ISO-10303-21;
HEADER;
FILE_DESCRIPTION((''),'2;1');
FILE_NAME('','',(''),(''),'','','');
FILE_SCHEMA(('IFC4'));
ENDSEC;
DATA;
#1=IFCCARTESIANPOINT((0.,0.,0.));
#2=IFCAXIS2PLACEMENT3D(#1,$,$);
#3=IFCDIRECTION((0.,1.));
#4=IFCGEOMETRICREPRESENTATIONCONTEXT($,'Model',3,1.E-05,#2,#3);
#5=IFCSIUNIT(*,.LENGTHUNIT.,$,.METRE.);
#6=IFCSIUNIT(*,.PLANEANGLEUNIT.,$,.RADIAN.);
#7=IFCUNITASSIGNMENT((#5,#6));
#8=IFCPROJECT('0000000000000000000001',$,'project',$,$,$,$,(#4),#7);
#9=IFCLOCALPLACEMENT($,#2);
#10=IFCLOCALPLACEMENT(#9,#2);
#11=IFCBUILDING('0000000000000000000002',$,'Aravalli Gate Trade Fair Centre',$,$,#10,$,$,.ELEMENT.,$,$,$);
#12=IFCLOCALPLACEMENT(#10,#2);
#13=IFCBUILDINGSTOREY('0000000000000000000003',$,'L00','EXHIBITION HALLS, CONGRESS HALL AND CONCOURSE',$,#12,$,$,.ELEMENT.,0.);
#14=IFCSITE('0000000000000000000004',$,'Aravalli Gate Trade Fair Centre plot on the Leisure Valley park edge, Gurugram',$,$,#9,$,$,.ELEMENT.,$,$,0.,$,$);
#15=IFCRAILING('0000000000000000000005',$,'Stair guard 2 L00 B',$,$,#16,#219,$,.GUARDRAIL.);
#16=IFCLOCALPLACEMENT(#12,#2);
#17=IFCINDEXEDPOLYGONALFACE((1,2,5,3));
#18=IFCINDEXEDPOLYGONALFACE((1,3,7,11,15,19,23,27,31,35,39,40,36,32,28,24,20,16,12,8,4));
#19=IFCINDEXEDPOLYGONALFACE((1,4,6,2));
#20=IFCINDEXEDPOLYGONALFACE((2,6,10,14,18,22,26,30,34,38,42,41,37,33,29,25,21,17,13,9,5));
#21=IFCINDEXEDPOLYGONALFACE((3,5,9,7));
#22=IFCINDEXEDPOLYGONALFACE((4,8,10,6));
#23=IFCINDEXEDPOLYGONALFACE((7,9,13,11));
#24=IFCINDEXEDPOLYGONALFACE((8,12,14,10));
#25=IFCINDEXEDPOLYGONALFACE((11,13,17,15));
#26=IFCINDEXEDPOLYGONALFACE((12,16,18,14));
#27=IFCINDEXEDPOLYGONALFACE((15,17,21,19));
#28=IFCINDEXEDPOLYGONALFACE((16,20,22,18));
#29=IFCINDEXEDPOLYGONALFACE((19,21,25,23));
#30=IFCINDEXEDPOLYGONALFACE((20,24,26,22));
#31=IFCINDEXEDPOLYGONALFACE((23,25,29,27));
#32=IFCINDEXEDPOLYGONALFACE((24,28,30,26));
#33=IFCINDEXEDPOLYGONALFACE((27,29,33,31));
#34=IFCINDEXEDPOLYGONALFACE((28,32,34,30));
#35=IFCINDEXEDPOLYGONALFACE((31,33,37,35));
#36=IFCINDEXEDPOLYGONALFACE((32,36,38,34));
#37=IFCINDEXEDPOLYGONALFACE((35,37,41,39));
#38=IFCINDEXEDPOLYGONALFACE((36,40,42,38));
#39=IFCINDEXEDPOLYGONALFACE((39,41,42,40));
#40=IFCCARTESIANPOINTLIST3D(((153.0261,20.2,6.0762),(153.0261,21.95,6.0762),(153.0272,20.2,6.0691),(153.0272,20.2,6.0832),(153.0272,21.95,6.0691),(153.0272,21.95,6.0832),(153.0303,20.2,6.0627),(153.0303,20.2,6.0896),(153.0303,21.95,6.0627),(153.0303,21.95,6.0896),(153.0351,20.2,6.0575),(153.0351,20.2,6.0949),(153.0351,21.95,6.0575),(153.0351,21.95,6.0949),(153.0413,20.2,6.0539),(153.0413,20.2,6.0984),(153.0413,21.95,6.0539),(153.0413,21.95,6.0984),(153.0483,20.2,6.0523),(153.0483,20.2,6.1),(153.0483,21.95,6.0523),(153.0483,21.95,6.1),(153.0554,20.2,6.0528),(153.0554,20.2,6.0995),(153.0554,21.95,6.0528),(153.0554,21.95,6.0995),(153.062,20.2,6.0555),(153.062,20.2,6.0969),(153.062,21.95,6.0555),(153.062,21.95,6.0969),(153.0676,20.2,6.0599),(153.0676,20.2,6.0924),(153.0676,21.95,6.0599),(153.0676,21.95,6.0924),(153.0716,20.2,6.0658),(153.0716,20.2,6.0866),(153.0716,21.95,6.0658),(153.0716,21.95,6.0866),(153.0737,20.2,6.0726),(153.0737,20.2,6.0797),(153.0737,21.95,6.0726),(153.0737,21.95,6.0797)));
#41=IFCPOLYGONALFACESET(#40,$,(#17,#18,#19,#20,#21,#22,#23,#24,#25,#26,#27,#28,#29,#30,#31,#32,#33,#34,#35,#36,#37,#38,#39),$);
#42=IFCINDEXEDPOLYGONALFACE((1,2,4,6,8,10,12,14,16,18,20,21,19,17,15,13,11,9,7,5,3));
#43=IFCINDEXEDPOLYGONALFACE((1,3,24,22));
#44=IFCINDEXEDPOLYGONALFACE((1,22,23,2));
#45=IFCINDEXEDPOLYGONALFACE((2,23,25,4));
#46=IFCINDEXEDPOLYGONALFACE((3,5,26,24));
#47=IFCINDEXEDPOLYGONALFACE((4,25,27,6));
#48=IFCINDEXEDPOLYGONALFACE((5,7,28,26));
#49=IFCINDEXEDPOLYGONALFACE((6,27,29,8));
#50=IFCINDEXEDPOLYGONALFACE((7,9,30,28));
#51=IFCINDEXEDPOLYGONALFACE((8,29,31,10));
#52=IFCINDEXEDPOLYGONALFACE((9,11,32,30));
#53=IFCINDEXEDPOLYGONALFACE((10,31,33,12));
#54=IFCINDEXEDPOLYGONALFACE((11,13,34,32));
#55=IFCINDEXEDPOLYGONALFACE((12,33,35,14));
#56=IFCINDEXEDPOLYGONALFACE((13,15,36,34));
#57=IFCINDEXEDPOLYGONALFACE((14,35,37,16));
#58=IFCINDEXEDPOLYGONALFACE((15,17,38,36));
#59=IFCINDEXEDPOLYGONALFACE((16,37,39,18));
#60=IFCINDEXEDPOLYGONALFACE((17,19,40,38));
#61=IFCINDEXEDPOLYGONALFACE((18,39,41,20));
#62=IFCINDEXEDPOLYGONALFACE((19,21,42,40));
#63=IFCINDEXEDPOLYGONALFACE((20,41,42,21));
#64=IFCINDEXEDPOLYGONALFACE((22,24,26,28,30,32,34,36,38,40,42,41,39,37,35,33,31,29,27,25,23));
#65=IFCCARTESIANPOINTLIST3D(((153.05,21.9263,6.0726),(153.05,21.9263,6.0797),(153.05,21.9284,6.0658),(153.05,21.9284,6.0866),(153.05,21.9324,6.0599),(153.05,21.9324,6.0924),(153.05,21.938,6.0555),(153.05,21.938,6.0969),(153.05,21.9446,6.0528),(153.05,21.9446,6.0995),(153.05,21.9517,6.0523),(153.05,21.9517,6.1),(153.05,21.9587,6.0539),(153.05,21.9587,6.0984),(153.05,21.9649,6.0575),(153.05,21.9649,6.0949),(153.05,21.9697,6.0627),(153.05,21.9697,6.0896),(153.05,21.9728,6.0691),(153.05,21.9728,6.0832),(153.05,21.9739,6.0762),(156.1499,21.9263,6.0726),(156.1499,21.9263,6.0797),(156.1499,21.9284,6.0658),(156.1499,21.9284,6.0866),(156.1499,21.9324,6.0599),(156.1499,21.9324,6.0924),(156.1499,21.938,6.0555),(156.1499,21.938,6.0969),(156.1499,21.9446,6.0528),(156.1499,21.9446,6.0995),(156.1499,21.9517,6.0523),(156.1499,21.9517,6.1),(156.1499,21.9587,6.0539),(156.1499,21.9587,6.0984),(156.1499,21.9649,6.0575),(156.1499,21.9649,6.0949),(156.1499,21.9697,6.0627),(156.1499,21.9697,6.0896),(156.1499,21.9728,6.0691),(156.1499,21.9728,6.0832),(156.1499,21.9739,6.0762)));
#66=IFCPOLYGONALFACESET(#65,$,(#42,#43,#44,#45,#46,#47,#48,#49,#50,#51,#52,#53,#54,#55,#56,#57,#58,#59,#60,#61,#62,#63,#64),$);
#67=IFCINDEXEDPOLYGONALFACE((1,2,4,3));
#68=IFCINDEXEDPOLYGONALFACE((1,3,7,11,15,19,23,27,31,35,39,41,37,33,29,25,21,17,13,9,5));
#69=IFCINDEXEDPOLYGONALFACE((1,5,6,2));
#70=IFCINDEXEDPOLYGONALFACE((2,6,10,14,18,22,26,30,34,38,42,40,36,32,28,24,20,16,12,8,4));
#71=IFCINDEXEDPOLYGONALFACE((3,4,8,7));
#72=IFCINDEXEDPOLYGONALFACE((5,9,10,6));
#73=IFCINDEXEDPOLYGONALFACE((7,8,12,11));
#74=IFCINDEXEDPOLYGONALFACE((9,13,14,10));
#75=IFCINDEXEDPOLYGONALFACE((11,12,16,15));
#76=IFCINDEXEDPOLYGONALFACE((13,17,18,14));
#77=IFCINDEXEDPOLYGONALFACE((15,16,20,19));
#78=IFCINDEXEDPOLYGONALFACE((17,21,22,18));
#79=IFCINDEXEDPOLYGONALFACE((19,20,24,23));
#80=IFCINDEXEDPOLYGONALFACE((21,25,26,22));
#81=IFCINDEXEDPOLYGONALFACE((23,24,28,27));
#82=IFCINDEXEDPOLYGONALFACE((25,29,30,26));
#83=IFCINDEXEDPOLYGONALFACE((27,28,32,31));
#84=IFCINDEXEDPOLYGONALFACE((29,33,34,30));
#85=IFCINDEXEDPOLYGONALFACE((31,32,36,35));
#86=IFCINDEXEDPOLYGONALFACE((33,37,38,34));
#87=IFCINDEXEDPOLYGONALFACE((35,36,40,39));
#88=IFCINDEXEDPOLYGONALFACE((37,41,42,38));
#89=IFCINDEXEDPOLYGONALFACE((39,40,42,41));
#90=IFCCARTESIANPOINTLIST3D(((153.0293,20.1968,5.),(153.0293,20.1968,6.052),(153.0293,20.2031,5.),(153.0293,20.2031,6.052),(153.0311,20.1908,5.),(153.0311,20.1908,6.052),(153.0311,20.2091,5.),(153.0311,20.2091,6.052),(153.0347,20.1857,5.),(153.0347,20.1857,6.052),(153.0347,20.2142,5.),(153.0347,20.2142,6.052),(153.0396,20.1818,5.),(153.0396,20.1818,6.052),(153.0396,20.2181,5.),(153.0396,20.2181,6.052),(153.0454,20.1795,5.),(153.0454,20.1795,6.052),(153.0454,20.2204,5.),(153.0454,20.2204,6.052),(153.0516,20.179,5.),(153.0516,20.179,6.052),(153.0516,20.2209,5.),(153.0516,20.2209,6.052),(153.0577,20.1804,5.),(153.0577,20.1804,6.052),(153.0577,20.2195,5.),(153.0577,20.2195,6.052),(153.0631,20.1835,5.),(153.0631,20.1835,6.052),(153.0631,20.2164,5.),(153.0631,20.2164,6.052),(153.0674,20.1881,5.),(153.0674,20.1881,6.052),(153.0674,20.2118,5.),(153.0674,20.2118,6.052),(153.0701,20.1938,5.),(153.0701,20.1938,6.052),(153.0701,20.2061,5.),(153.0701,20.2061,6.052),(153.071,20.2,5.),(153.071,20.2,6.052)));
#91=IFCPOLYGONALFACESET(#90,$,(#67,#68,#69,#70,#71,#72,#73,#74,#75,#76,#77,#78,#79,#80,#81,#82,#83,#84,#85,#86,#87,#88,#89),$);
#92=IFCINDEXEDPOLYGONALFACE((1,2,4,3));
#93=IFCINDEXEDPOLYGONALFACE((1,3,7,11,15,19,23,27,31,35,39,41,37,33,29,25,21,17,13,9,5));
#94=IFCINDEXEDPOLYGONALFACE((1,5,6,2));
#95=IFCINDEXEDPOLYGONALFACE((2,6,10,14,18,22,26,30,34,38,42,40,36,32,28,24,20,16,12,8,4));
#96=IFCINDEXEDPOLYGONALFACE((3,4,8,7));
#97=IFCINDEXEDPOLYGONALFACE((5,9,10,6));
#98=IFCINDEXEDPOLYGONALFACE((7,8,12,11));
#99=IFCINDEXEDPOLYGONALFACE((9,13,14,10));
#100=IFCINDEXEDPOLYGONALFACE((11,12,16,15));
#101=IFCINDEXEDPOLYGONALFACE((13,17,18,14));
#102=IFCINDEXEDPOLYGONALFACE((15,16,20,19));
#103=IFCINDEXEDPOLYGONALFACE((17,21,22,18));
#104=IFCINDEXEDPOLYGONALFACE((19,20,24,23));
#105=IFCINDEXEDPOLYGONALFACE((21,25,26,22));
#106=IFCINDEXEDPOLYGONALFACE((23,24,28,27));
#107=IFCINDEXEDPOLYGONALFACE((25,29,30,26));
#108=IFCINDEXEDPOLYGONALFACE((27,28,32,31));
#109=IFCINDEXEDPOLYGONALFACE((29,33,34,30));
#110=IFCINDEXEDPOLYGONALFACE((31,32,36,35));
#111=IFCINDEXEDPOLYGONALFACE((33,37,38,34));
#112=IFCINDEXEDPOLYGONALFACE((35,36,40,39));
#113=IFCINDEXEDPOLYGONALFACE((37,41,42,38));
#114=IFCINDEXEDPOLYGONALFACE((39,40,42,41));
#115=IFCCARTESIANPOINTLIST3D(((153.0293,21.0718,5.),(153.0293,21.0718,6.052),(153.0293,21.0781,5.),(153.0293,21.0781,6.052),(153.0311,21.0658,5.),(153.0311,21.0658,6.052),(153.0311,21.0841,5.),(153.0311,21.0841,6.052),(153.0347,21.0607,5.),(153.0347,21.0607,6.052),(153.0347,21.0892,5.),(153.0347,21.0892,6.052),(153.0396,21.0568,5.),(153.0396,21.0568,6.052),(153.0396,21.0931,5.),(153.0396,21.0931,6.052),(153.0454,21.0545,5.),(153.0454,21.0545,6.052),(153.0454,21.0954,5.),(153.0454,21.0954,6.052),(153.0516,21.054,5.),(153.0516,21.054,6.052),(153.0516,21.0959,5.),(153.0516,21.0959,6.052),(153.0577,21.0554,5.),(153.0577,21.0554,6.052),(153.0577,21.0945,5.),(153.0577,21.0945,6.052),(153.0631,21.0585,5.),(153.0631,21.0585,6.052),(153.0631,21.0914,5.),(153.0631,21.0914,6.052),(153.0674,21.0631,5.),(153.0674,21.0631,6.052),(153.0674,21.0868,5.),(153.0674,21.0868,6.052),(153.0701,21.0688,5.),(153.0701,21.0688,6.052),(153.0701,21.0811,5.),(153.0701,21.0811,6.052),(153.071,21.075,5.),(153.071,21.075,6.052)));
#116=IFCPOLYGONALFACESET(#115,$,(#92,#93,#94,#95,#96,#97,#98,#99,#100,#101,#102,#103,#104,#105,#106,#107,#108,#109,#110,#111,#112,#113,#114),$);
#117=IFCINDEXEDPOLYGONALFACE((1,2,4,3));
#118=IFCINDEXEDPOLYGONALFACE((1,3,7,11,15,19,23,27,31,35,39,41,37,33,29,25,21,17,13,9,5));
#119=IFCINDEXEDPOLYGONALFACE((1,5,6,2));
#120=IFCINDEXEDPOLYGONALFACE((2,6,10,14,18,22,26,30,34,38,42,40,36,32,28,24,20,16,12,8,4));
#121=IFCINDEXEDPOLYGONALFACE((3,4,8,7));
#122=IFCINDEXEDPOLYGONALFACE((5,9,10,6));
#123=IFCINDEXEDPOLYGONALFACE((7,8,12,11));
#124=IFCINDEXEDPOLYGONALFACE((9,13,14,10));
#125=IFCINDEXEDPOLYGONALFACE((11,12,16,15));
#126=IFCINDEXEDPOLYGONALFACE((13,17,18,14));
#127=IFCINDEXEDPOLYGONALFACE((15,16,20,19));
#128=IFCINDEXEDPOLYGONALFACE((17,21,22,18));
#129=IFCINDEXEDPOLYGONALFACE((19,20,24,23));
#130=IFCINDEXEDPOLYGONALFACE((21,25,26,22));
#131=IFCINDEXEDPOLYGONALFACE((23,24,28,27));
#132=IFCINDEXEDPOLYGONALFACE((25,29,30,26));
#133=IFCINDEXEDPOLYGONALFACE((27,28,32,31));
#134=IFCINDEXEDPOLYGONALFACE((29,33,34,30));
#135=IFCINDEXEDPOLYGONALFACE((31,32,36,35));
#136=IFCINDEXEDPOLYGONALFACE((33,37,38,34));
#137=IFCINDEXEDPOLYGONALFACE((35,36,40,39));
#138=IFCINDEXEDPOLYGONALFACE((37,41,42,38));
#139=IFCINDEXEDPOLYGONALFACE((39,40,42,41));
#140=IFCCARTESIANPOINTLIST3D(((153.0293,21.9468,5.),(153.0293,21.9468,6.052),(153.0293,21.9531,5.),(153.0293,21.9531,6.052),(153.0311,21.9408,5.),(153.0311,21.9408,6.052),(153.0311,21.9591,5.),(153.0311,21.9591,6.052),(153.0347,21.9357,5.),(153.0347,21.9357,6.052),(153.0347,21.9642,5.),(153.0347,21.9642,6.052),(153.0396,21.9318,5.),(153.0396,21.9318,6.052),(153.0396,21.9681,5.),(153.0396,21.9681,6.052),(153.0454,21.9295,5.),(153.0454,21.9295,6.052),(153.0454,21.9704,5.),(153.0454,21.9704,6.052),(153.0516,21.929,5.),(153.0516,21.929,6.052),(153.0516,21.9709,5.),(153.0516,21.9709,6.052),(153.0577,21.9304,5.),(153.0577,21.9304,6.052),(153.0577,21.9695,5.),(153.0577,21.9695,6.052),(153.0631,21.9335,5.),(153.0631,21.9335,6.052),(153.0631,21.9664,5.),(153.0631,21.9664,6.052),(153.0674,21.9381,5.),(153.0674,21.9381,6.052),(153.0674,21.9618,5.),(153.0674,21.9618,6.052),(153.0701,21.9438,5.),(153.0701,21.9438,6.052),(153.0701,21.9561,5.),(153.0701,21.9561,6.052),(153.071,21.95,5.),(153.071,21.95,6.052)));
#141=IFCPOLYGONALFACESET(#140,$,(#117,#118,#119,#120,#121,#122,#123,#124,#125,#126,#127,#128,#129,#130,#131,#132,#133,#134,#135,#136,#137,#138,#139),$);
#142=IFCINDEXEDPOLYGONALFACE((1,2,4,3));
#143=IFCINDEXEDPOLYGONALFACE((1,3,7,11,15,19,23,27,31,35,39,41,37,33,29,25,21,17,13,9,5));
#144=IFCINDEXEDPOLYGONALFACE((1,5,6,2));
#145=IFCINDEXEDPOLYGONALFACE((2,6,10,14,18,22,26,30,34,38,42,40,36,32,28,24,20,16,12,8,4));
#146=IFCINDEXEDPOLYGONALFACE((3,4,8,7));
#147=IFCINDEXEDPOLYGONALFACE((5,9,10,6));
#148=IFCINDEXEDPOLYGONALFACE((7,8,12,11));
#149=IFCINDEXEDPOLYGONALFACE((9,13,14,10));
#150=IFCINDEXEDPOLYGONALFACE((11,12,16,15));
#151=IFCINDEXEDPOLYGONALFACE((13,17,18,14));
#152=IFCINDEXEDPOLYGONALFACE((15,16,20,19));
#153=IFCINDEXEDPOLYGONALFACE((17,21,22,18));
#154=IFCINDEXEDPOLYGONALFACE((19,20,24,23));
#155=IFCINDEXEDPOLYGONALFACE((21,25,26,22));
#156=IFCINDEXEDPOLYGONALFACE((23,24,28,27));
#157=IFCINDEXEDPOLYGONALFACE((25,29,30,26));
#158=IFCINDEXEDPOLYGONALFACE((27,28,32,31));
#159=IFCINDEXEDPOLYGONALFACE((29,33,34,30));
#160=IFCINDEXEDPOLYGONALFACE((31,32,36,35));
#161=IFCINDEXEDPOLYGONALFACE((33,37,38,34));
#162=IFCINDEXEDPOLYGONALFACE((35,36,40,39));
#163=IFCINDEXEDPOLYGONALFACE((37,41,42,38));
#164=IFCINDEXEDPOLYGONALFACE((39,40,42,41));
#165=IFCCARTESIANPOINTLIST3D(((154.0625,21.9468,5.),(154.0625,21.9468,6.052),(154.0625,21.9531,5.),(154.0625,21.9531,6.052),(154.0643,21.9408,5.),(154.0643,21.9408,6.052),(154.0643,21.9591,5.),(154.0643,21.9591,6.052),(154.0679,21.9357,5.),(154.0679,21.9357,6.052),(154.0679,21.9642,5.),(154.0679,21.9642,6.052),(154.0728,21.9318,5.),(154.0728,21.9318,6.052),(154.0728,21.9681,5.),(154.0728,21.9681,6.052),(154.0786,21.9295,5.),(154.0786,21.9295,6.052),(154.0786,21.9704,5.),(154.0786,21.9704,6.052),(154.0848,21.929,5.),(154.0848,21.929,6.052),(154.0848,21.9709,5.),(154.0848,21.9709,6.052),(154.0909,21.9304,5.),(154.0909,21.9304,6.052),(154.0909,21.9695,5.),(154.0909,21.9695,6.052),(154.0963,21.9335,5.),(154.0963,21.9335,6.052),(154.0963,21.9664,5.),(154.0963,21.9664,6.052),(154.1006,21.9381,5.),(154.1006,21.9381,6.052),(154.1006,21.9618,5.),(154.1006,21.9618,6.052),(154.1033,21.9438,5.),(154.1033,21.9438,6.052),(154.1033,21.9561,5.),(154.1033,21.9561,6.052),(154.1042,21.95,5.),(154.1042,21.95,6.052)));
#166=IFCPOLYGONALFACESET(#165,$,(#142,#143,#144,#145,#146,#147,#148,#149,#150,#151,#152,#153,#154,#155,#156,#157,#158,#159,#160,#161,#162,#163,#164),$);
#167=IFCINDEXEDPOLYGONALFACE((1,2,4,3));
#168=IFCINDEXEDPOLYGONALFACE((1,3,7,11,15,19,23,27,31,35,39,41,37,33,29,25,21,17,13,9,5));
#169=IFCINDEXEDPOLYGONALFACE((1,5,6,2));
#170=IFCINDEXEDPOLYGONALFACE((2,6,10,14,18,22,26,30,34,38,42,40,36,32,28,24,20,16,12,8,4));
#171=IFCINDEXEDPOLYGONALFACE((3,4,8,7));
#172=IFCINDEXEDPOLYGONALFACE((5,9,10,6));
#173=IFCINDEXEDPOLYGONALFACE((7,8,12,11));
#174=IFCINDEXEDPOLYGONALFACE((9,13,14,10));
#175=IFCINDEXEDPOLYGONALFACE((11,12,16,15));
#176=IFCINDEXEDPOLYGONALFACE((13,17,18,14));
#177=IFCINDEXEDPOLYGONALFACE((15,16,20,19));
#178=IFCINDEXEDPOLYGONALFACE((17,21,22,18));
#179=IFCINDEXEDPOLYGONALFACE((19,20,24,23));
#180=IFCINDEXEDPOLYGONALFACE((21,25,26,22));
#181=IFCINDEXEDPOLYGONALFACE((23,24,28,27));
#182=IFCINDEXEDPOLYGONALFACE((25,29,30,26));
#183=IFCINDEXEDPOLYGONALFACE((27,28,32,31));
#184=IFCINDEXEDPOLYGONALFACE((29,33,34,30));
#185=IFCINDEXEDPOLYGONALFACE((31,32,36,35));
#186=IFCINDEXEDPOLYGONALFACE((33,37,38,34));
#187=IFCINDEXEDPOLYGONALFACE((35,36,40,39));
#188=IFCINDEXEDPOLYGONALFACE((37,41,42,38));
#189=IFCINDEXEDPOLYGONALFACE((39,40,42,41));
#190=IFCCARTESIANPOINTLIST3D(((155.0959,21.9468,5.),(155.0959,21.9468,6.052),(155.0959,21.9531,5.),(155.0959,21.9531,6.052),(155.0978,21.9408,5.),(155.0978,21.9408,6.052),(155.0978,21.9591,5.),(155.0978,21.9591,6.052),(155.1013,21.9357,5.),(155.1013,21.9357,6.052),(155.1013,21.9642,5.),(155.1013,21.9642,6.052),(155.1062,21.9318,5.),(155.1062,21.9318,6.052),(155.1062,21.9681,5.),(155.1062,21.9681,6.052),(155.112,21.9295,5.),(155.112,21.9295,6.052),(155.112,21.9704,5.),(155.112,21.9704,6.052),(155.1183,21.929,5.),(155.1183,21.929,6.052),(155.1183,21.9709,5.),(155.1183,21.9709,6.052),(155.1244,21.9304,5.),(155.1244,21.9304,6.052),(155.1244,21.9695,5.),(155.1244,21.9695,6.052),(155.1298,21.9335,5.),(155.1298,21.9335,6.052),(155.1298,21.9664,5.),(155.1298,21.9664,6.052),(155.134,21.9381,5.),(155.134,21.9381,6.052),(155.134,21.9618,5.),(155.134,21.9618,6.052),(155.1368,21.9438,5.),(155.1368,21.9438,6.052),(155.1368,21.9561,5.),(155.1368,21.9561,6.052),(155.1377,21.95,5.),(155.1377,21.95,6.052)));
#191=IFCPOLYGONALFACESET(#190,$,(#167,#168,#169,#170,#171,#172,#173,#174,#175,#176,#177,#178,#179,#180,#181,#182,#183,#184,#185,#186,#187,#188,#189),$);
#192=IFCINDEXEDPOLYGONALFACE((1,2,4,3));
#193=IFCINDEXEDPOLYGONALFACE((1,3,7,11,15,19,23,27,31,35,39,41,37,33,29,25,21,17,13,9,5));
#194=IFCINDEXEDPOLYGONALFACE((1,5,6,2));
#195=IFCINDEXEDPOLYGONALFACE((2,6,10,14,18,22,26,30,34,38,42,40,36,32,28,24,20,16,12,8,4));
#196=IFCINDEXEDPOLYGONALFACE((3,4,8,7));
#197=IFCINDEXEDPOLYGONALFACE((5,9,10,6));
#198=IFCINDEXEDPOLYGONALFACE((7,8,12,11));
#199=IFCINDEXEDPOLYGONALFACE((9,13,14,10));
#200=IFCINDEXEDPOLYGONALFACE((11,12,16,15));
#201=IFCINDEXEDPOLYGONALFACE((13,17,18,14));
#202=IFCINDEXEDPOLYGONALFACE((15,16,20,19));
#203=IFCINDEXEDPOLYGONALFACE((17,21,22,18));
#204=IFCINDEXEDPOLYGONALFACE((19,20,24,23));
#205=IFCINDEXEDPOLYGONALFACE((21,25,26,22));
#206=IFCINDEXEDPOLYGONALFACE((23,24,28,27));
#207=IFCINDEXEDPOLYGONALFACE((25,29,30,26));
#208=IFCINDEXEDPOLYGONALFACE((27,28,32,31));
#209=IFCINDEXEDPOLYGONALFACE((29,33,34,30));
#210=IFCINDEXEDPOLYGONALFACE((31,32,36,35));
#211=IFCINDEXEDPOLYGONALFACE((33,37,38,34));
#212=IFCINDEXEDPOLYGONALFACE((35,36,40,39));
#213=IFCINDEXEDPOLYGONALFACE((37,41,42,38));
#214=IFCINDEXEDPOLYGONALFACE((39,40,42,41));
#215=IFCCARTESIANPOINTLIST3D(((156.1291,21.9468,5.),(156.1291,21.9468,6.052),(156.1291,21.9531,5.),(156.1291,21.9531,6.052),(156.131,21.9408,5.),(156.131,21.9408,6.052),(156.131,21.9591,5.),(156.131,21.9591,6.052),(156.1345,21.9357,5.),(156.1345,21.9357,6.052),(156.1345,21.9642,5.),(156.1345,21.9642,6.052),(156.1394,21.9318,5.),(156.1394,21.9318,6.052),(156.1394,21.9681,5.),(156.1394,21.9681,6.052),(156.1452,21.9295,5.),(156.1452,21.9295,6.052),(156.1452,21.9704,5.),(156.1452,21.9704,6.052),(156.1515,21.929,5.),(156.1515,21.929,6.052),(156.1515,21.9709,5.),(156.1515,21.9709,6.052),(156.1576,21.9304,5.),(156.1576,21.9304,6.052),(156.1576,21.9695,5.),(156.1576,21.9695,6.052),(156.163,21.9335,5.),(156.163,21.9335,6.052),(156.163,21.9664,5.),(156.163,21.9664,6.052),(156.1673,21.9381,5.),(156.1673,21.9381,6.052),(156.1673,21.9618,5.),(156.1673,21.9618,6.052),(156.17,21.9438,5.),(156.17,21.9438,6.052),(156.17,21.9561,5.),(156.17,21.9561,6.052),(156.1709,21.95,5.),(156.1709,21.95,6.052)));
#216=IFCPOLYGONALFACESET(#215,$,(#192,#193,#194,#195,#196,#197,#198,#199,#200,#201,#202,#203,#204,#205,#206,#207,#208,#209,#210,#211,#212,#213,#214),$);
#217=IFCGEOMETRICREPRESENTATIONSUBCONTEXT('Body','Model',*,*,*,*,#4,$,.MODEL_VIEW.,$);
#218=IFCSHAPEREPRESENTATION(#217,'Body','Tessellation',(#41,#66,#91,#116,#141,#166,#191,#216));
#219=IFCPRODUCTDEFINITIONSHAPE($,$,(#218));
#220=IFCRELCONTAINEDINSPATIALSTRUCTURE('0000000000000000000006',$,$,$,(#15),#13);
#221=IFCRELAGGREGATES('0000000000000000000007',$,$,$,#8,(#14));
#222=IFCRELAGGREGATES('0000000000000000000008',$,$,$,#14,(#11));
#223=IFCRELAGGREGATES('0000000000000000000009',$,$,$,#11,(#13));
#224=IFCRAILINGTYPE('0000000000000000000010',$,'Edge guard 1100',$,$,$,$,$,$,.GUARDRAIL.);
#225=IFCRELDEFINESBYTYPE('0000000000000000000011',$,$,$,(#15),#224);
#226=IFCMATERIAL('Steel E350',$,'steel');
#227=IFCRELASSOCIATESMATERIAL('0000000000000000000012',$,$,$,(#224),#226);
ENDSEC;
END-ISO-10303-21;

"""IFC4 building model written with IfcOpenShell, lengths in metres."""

from ifc_helpers import new_model, si_unit, direction, frame, origin, origin_2d, place, context, subcontext, project, spatial, circle, extrude, material, type_object, element, save


model = new_model("IFC4")

# Units and contexts
model_context = context("Model", 3, precision=1e-05, world=origin(), true_north=direction((0.0, 1.0)))
body_context = subcontext(model_context, "Body", "Model", "MODEL_VIEW")
ifc_project = project(units=[si_unit("LENGTHUNIT", "METRE"), si_unit("PLANEANGLEUNIT", "RADIAN")], contexts=[model_context])

# Site, building, storey
site_placement = place(None, origin())
site = spatial("IfcSite", under=ifc_project, at=site_placement, Name="Aravalli Gate Trade Fair Centre plot on the Leisure Valley park edge, Gurugram", CompositionType="ELEMENT", RefElevation=0.0)
building_placement = place(site_placement, origin())
building = spatial("IfcBuilding", under=site, at=building_placement, Name="Aravalli Gate Trade Fair Centre", CompositionType="ELEMENT")
storey_placement = place(building_placement, origin())
storey = spatial("IfcBuildingStorey", under=building, at=storey_placement, Name="L00", Description="EXHIBITION HALLS, CONGRESS HALL AND CONCOURSE", CompositionType="ELEMENT", Elevation=0.0)

# Railing
ifc_material_1 = material(Name="Steel E350", Category="steel")
railing_type = type_object("IfcRailingType", Name="Edge guard 1100", PredefinedType="GUARDRAIL", material=ifc_material_1)
railing_1_placement = place(storey_placement, frame((153.05, 20.2, 5.0)))
element("IfcRailing", 1, at=railing_1_placement, inside=storey, type_object=railing_type, Name="Stair guard 2 L00 B", PredefinedType="GUARDRAIL", context=body_context, shape_type="SweptSolid", body=[
    extrude(circle(Radius=0.0239, at=origin_2d()), frame((0.0, 0.0, 1.0762), z_axis=(0.0, 1.0, 0.0), x_axis=(-1.0, 0.0, 0.0)), (0.0, 0.0, 1.0), 1.75),
    extrude(circle(Radius=0.0239, at=origin_2d()), frame((0.0, 1.75, 1.0762), z_axis=(1.0, 0.0, 0.0), x_axis=(0.0, 1.0, 0.0)), (0.0, 0.0, 1.0), 3.0999),
    extrude(circle(Radius=0.021, at=origin_2d()), origin(), (0.0, 0.0, 1.0), 1.052),
    extrude(circle(Radius=0.021, at=origin_2d()), frame((0.0, 0.875, 0.0)), (0.0, 0.0, 1.0), 1.052),
    extrude(circle(Radius=0.021, at=origin_2d()), frame((0.0, 1.75, 0.0)), (0.0, 0.0, 1.0), 1.052),
    extrude(circle(Radius=0.021, at=origin_2d()), frame((1.0332, 1.75, 0.0)), (0.0, 0.0, 1.0), 1.052),
    extrude(circle(Radius=0.021, at=origin_2d()), frame((2.0667, 1.75, 0.0)), (0.0, 0.0, 1.0), 1.052),
    extrude(circle(Radius=0.021, at=origin_2d()), frame((3.0999, 1.75, 0.0)), (0.0, 0.0, 1.0), 1.052),
])

save(model, "model.ifc")
